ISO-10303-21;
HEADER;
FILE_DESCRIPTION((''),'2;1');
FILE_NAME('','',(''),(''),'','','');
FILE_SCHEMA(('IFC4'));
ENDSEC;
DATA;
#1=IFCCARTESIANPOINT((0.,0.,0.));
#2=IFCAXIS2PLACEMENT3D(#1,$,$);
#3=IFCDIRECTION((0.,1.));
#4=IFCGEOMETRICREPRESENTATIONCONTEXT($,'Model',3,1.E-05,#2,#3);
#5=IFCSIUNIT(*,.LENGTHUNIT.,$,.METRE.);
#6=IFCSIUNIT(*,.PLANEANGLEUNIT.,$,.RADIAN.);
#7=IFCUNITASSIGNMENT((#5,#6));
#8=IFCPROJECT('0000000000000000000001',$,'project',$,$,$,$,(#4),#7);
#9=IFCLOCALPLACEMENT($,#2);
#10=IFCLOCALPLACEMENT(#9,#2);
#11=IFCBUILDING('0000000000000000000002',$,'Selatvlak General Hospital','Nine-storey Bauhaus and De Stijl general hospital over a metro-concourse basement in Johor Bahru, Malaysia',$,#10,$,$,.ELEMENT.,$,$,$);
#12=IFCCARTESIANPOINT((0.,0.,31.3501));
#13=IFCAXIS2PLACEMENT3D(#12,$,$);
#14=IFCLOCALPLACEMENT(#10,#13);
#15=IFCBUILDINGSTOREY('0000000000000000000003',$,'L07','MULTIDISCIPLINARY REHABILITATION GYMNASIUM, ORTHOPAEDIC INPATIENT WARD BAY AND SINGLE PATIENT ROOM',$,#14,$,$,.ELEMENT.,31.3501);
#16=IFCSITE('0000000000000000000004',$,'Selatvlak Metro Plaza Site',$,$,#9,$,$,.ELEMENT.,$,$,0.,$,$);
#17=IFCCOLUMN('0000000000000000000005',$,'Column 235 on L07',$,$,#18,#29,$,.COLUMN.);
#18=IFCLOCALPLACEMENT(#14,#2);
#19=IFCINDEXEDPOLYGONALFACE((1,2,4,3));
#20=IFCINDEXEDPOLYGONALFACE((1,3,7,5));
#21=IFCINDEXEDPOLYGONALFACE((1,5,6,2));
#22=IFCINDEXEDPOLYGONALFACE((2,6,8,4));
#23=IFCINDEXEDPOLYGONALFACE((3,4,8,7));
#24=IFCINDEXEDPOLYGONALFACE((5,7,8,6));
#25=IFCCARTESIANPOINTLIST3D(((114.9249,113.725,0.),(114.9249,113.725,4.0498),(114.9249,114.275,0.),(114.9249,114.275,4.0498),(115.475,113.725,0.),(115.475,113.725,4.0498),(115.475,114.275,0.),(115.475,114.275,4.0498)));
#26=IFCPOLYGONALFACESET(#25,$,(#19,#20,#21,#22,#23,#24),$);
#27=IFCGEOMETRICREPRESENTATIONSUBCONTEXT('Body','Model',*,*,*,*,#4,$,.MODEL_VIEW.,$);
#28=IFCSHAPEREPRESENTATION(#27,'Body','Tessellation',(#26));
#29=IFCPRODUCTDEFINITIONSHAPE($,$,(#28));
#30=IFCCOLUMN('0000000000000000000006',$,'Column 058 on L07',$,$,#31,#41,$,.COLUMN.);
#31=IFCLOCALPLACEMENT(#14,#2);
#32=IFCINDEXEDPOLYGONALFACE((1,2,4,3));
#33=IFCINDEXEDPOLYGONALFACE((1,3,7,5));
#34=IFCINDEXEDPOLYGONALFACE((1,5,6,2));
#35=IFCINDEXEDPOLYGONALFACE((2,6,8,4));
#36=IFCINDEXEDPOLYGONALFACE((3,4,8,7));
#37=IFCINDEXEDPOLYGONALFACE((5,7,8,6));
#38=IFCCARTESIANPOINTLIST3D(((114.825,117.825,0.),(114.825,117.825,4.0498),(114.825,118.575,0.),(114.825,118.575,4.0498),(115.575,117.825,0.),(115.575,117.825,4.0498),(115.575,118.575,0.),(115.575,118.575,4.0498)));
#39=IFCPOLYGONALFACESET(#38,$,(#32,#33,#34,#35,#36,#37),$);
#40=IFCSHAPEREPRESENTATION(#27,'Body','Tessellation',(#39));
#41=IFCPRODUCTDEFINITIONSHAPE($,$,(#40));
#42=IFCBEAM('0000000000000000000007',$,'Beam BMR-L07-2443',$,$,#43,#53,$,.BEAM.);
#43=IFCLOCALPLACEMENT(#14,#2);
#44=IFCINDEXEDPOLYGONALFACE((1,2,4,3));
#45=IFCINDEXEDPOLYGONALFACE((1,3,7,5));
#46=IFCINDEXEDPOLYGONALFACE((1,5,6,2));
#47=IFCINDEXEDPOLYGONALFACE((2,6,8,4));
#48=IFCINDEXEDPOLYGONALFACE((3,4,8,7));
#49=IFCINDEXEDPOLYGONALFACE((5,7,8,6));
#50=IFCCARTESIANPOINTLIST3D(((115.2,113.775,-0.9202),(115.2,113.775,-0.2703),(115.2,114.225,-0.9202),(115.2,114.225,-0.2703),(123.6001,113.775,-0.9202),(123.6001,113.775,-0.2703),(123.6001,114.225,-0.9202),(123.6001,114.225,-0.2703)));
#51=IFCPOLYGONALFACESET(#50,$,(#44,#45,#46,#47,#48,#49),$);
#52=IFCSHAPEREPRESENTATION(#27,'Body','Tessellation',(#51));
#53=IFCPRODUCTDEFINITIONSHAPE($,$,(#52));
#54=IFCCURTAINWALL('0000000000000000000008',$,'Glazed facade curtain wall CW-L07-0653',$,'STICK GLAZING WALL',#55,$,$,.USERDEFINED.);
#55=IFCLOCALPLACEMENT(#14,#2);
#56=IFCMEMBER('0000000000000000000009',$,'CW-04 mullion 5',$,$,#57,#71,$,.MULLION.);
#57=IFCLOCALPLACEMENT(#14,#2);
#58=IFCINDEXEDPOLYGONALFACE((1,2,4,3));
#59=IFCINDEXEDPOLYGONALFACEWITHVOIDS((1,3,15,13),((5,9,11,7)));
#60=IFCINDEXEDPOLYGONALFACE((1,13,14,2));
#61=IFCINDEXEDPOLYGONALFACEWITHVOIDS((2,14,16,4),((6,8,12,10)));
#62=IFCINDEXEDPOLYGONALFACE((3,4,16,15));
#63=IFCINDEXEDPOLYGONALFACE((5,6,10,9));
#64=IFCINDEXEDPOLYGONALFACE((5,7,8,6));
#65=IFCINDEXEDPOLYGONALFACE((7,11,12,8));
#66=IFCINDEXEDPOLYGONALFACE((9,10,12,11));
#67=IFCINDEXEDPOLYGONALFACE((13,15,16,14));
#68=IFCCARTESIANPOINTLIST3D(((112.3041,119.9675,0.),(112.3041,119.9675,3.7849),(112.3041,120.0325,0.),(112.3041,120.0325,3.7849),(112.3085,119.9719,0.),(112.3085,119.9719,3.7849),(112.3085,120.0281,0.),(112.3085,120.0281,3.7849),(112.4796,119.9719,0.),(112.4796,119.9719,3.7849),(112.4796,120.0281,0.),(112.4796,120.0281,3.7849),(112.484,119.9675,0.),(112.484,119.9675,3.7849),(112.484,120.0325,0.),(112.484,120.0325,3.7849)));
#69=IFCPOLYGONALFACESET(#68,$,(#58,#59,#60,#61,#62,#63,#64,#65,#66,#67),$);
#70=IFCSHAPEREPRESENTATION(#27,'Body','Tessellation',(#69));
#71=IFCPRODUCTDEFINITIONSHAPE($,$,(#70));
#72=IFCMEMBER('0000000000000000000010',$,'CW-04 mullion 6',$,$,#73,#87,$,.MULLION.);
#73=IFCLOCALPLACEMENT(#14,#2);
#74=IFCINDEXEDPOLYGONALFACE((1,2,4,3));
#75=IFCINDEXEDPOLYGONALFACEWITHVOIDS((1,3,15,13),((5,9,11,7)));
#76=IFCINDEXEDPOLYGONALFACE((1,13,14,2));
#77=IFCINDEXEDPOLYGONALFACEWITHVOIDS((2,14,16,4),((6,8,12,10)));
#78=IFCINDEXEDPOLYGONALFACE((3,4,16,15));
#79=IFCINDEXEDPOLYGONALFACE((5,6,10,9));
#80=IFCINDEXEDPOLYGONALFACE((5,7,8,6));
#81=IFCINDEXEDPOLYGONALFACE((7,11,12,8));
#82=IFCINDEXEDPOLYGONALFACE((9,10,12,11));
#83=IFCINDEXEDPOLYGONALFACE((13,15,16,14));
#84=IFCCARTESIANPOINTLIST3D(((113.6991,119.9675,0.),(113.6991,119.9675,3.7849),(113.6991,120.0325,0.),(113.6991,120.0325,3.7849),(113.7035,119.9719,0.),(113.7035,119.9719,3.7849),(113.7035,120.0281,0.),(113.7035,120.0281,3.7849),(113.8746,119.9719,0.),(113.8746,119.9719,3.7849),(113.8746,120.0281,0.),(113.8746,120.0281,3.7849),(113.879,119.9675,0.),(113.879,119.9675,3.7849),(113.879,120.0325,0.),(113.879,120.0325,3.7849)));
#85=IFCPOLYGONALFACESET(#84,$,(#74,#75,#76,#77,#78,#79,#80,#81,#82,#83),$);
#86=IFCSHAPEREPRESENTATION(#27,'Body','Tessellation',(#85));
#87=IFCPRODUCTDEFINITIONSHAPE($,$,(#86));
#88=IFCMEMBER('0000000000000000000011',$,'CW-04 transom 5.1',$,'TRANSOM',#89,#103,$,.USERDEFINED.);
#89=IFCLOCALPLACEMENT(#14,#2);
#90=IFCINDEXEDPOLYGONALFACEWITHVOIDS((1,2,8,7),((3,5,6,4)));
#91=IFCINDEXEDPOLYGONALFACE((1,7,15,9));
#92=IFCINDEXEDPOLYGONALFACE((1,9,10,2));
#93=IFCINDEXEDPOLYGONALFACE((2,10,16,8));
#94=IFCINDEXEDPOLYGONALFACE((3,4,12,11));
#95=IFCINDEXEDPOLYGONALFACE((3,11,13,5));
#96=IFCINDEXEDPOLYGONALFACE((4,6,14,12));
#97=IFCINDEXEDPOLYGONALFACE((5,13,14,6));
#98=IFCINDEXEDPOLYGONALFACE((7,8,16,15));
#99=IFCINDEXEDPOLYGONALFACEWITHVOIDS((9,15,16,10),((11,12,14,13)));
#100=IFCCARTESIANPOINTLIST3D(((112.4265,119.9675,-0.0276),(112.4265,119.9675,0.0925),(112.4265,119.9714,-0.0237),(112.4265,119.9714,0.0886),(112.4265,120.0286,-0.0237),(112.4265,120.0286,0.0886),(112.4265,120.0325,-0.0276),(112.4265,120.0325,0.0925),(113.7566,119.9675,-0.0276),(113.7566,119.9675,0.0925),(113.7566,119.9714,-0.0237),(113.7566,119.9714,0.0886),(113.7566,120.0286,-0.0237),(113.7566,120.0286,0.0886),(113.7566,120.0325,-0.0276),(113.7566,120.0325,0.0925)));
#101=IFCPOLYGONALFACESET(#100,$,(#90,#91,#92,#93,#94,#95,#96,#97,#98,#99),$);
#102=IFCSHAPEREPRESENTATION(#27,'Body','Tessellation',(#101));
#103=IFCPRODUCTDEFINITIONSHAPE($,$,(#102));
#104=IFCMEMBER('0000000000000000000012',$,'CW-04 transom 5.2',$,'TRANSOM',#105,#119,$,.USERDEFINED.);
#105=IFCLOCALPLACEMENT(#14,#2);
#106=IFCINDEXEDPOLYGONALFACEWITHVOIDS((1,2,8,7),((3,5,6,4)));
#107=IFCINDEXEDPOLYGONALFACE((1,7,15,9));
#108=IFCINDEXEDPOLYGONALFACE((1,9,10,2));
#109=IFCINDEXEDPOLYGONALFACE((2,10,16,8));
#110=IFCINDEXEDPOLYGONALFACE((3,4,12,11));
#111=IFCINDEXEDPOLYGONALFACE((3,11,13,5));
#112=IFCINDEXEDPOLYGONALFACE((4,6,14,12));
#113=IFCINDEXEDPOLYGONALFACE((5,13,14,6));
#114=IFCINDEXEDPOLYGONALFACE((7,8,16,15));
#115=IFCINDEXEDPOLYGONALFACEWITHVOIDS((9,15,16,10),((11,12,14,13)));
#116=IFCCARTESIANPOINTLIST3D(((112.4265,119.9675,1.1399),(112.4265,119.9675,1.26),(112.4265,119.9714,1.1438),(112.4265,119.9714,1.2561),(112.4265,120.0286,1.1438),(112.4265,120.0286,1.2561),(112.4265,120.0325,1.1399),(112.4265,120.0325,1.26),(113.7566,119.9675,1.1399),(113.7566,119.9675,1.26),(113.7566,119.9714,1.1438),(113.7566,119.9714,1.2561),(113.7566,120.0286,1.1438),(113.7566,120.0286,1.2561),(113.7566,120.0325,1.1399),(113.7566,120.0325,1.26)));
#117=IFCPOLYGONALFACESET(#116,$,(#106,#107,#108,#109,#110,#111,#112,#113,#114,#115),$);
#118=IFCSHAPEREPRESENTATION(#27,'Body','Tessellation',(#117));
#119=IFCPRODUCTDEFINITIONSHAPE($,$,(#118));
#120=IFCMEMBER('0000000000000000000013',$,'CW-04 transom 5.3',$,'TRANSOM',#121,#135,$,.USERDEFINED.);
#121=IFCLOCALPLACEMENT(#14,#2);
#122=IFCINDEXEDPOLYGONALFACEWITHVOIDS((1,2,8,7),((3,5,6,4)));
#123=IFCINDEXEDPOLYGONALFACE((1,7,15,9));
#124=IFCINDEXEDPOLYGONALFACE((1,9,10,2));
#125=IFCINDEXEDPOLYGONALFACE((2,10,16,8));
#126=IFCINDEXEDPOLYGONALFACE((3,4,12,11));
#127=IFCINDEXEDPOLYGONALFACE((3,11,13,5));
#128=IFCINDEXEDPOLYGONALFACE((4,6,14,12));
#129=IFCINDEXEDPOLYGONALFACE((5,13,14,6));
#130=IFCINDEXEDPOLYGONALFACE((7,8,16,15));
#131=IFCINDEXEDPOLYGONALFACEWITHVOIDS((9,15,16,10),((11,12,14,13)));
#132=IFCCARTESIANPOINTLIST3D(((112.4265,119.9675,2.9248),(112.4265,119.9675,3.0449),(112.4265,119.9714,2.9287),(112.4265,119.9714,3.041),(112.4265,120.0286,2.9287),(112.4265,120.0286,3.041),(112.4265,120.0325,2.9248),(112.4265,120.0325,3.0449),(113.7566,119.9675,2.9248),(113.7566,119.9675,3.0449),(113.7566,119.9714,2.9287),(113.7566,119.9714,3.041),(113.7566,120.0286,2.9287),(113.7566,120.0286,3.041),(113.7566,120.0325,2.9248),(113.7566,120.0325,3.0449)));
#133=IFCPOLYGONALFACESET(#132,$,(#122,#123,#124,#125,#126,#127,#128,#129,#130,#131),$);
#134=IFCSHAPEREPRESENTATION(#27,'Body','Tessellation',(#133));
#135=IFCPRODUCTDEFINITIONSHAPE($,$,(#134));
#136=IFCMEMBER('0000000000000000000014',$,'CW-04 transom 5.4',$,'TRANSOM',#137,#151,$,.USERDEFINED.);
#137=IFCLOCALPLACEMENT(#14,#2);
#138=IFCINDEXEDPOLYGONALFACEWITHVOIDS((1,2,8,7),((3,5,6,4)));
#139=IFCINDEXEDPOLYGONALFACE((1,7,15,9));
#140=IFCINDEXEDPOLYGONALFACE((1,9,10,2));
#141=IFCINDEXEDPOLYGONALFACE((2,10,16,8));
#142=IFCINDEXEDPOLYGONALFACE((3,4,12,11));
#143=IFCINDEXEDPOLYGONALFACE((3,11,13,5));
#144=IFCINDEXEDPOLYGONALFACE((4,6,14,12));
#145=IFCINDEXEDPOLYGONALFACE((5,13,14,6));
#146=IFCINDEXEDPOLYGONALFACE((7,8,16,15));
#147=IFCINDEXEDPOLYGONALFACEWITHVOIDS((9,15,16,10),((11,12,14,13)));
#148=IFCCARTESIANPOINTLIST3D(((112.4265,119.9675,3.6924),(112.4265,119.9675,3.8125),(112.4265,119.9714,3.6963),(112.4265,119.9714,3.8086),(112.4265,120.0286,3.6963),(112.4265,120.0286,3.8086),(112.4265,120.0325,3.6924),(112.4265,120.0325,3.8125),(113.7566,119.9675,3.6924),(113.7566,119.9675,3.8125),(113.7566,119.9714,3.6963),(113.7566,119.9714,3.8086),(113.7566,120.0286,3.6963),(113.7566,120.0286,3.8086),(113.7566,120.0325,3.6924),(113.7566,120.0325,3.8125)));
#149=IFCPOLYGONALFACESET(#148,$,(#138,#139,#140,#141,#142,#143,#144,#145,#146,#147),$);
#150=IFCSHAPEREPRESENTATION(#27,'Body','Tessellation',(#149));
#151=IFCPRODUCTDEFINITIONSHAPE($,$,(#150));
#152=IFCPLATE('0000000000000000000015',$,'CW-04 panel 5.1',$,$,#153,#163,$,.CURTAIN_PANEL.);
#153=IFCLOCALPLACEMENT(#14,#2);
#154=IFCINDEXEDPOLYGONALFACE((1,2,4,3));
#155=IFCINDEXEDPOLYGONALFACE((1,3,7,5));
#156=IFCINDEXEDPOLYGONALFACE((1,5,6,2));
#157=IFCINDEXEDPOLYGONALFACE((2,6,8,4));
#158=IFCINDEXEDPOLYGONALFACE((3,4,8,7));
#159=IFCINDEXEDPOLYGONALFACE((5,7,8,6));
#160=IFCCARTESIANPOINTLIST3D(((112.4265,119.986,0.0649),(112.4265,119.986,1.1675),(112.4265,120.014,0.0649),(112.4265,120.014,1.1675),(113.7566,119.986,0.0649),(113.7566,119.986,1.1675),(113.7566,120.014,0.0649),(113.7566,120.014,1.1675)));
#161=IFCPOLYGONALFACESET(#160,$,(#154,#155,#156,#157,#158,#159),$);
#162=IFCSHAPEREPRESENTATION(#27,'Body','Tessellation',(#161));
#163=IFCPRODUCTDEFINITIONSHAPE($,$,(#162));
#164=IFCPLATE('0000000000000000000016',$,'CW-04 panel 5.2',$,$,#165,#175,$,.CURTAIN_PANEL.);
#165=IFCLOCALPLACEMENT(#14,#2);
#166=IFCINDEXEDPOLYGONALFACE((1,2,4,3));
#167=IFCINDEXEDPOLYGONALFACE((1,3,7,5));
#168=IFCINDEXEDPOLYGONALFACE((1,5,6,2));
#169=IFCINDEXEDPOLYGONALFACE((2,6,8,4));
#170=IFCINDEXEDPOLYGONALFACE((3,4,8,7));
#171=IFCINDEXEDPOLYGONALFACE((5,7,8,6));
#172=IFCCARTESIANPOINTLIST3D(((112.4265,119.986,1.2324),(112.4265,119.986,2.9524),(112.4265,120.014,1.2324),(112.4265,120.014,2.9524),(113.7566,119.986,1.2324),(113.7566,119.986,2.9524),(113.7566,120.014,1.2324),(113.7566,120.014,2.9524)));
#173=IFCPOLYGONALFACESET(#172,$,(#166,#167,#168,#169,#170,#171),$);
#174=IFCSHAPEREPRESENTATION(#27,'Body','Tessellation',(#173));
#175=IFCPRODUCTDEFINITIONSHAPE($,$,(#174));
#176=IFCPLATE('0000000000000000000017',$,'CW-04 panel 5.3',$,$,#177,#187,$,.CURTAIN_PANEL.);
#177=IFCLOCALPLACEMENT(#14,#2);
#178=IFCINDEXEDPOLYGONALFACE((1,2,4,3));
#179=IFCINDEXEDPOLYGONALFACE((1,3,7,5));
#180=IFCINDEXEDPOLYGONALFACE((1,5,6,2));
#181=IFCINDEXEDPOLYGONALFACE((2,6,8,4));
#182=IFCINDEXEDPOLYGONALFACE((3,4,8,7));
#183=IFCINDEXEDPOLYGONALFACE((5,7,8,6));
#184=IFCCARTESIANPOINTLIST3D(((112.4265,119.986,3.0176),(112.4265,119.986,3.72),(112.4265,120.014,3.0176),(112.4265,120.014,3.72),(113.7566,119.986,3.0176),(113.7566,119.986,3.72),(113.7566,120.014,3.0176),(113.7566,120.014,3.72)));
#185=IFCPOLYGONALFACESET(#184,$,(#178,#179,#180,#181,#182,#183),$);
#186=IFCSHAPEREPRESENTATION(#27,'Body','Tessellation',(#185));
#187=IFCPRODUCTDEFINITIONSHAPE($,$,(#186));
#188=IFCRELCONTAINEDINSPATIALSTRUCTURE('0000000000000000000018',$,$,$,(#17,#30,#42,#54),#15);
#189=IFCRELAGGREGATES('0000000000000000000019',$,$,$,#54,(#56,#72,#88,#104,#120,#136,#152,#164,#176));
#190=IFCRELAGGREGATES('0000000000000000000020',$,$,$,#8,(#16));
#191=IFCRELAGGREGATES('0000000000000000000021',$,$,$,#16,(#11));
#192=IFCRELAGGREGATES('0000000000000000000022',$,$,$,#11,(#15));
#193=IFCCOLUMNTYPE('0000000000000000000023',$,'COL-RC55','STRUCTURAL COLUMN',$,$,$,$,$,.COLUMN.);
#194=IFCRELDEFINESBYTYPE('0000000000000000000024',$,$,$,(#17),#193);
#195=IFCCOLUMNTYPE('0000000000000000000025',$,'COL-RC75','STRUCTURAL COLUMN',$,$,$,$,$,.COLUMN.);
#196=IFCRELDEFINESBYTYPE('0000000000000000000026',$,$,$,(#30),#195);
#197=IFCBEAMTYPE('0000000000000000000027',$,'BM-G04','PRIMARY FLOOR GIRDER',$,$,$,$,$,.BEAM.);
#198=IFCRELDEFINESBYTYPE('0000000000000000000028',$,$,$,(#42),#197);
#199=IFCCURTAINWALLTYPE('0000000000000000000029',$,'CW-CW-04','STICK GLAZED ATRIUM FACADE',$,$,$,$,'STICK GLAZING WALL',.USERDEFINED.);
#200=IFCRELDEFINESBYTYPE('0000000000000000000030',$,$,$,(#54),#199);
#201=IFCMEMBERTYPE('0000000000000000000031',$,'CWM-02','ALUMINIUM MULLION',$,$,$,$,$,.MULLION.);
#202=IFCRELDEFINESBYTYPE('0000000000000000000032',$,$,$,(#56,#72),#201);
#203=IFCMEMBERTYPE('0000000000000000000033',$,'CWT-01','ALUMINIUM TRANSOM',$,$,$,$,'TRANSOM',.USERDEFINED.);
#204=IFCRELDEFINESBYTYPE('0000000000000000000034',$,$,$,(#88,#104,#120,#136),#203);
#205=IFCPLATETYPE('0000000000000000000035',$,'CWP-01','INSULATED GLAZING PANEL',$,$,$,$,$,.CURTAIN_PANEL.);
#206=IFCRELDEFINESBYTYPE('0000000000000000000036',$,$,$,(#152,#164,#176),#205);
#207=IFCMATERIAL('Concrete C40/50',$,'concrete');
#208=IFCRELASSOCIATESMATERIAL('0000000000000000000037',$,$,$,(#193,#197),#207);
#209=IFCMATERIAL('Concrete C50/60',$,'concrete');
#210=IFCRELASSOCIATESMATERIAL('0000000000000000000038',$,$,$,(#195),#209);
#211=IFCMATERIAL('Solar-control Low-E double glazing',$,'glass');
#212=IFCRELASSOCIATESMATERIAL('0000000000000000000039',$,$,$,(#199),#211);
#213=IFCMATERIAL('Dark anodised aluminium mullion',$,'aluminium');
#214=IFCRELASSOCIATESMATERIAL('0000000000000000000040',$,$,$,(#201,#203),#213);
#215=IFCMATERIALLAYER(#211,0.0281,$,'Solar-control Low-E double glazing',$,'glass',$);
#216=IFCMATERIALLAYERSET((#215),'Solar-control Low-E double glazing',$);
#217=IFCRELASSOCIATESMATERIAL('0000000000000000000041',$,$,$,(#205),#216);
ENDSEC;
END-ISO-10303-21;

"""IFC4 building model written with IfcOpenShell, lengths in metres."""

from ifc_helpers import new_model, si_unit, direction, frame, origin, origin_2d, place, context, subcontext, project, spatial, rectangle, hollow_rectangle, extrude, material, layer, layer_set, material_profile, profile_set, type_object, element, aggregate, save


model = new_model("IFC4")

# Units and contexts
model_context = context("Model", 3, precision=1e-05, world=origin(), true_north=direction((0.0, 1.0)))
body_context = subcontext(model_context, "Body", "Model", "MODEL_VIEW")
ifc_project = project(units=[si_unit("LENGTHUNIT", "METRE"), si_unit("PLANEANGLEUNIT", "RADIAN")], contexts=[model_context])

# Site, building, storey
site_placement = place(None, origin())
site = spatial("IfcSite", under=ifc_project, at=site_placement, Name="Selatvlak Metro Plaza Site", CompositionType="ELEMENT", RefElevation=0.0)
building_placement = place(site_placement, origin())
building = spatial("IfcBuilding", under=site, at=building_placement, Name="Selatvlak General Hospital", Description="Nine-storey Bauhaus and De Stijl general hospital over a metro-concourse basement in Johor Bahru, Malaysia", CompositionType="ELEMENT")
storey_placement = place(building_placement, frame((0.0, 0.0, 31.3501)))
storey = spatial("IfcBuildingStorey", under=building, at=storey_placement, Name="L07", Description="MULTIDISCIPLINARY REHABILITATION GYMNASIUM, ORTHOPAEDIC INPATIENT WARD BAY AND SINGLE PATIENT ROOM", CompositionType="ELEMENT", Elevation=31.3501)

# Columns
ifc_material_1 = material(Name="Concrete C40/50", Category="concrete")
ifc_material_profile_1 = material_profile(ifc_material_1, rectangle(XDim=0.55, YDim=0.55, at=origin_2d()), Name="RC-COL 550x550")
ifc_profile_set_1 = profile_set([ifc_material_profile_1], Name="Concrete C40/50")
column_type_1 = type_object("IfcColumnType", Name="COL-RC55", Description="STRUCTURAL COLUMN", PredefinedType="COLUMN", material=ifc_profile_set_1)
column_1_placement = place(storey_placement, frame((115.2, 114.0, 0.0), z_axis=(0.0, 0.0, 1.0), x_axis=(1.0, 0.0, 0.0)))
element("IfcColumn", 1, at=column_1_placement, inside=storey, type_object=column_type_1, Name="Column 235 on L07", PredefinedType="COLUMN", context=body_context, shape_type="SweptSolid", body=[
    extrude(rectangle(XDim=0.55, YDim=0.55, at=origin_2d()), origin(), (0.0, 0.0, 1.0), 4.0498),
])
ifc_material_2 = material(Name="Concrete C50/60", Category="concrete")
ifc_material_profile_2 = material_profile(ifc_material_2, rectangle(XDim=0.75, YDim=0.75, at=origin_2d()), Name="RC-COL 750x750")
ifc_profile_set_2 = profile_set([ifc_material_profile_2], Name="Concrete C50/60")
column_type_2 = type_object("IfcColumnType", Name="COL-RC75", Description="STRUCTURAL COLUMN", PredefinedType="COLUMN", material=ifc_profile_set_2)
column_2_placement = place(storey_placement, frame((115.2, 118.2, 0.0), z_axis=(0.0, 0.0, 1.0), x_axis=(1.0, 0.0, 0.0)))
element("IfcColumn", 2, at=column_2_placement, inside=storey, type_object=column_type_2, Name="Column 058 on L07", PredefinedType="COLUMN", context=body_context, shape_type="SweptSolid", body=[
    extrude(rectangle(XDim=0.75, YDim=0.75, at=origin_2d()), origin(), (0.0, 0.0, 1.0), 4.0498),
])

# Beam
ifc_material_profile_3 = material_profile(ifc_material_1, rectangle(XDim=0.45, YDim=0.6499, at=origin_2d()), Name="RC-BM 450x650")
ifc_profile_set_3 = profile_set([ifc_material_profile_3], Name="Concrete C40/50")
beam_type = type_object("IfcBeamType", Name="BM-G04", Description="PRIMARY FLOOR GIRDER", PredefinedType="BEAM", material=ifc_profile_set_3)
beam_placement = place(storey_placement, frame((115.2, 114.0, -0.5952), z_axis=(1.0, 0.0, 0.0), x_axis=(0.0, 1.0, 0.0)))
element("IfcBeam", 3, at=beam_placement, inside=storey, type_object=beam_type, Name="Beam BMR-L07-2443", PredefinedType="BEAM", context=body_context, shape_type="SweptSolid", body=[
    extrude(rectangle(XDim=0.45, YDim=0.6499, at=origin_2d()), origin(), (0.0, 0.0, 1.0), 8.4001),
])

# Curtain wall, members, plates
ifc_material_3 = material(Name="Solar-control Low-E double glazing", Category="glass")
curtain_wall_type = type_object("IfcCurtainWallType", Name="CW-CW-04", Description="STICK GLAZED ATRIUM FACADE", ElementType="STICK GLAZING WALL", PredefinedType="USERDEFINED", material=ifc_material_3)
curtain_wall_placement = place(storey_placement, origin())
curtain_wall = element("IfcCurtainWall", 4, at=curtain_wall_placement, inside=storey, type_object=curtain_wall_type, Name="Glazed facade curtain wall CW-L07-0653", ObjectType="STICK GLAZING WALL", PredefinedType="USERDEFINED")
ifc_material_4 = material(Name="Dark anodised aluminium mullion", Category="aluminium")
ifc_material_profile_4 = material_profile(ifc_material_4, hollow_rectangle(XDim=0.0649, YDim=0.1799, WallThickness=0.0044, at=origin_2d()), Name="AL-MUL 65x180x4.5")
ifc_profile_set_4 = profile_set([ifc_material_profile_4], Name="Dark anodised aluminium mullion")
member_type_1 = type_object("IfcMemberType", Name="CWM-02", Description="ALUMINIUM MULLION", PredefinedType="MULLION", material=ifc_profile_set_4)
member_1_placement = place(storey_placement, frame((112.394, 120.0, 0.0), z_axis=(0.0, 0.0, 1.0), x_axis=(0.0, 1.0, 0.0)))
member_1 = element("IfcMember", 5, at=member_1_placement, type_object=member_type_1, Name="CW-04 mullion 5", PredefinedType="MULLION", context=body_context, shape_type="SweptSolid", body=[
    extrude(hollow_rectangle(XDim=0.0649, YDim=0.1799, WallThickness=0.0044, at=origin_2d()), origin(), (0.0, 0.0, 1.0), 3.7849),
])
member_2_placement = place(storey_placement, frame((113.7891, 120.0, 0.0), z_axis=(0.0, 0.0, 1.0), x_axis=(0.0, 1.0, 0.0)))
member_2 = element("IfcMember", 6, at=member_2_placement, type_object=member_type_1, Name="CW-04 mullion 6", PredefinedType="MULLION", context=body_context, shape_type="SweptSolid", body=[
    extrude(hollow_rectangle(XDim=0.0649, YDim=0.1799, WallThickness=0.0044, at=origin_2d()), origin(), (0.0, 0.0, 1.0), 3.7849),
])
ifc_material_profile_5 = material_profile(ifc_material_4, hollow_rectangle(XDim=0.0649, YDim=0.1201, WallThickness=0.0039, at=origin_2d()), Name="AL-TRN 65x120x4")
ifc_profile_set_5 = profile_set([ifc_material_profile_5], Name="Dark anodised aluminium mullion")
member_type_2 = type_object("IfcMemberType", Name="CWT-01", Description="ALUMINIUM TRANSOM", ElementType="TRANSOM", PredefinedType="USERDEFINED", material=ifc_profile_set_5)
member_3_placement = place(storey_placement, frame((112.4265, 120.0, 0.0325), z_axis=(1.0, 0.0, 0.0), x_axis=(0.0, 1.0, 0.0)))
member_3 = element("IfcMember", 7, at=member_3_placement, type_object=member_type_2, Name="CW-04 transom 5.1", ObjectType="TRANSOM", PredefinedType="USERDEFINED", context=body_context, shape_type="SweptSolid", body=[
    extrude(hollow_rectangle(XDim=0.0649, YDim=0.1201, WallThickness=0.0039, at=origin_2d()), origin(), (0.0, 0.0, 1.0), 1.3301),
])
member_4_placement = place(storey_placement, frame((112.4265, 120.0, 1.2), z_axis=(1.0, 0.0, 0.0), x_axis=(0.0, 1.0, 0.0)))
member_4 = element("IfcMember", 8, at=member_4_placement, type_object=member_type_2, Name="CW-04 transom 5.2", ObjectType="TRANSOM", PredefinedType="USERDEFINED", context=body_context, shape_type="SweptSolid", body=[
    extrude(hollow_rectangle(XDim=0.0649, YDim=0.1201, WallThickness=0.0039, at=origin_2d()), origin(), (0.0, 0.0, 1.0), 1.3301),
])
member_5_placement = place(storey_placement, frame((112.4265, 120.0, 2.9849), z_axis=(1.0, 0.0, 0.0), x_axis=(0.0, 1.0, 0.0)))
member_5 = element("IfcMember", 9, at=member_5_placement, type_object=member_type_2, Name="CW-04 transom 5.3", ObjectType="TRANSOM", PredefinedType="USERDEFINED", context=body_context, shape_type="SweptSolid", body=[
    extrude(hollow_rectangle(XDim=0.0649, YDim=0.1201, WallThickness=0.0039, at=origin_2d()), origin(), (0.0, 0.0, 1.0), 1.3301),
])
member_6_placement = place(storey_placement, frame((112.4265, 120.0, 3.7524), z_axis=(1.0, 0.0, 0.0), x_axis=(0.0, 1.0, 0.0)))
member_6 = element("IfcMember", 10, at=member_6_placement, type_object=member_type_2, Name="CW-04 transom 5.4", ObjectType="TRANSOM", PredefinedType="USERDEFINED", context=body_context, shape_type="SweptSolid", body=[
    extrude(hollow_rectangle(XDim=0.0649, YDim=0.1201, WallThickness=0.0039, at=origin_2d()), origin(), (0.0, 0.0, 1.0), 1.3301),
])
ifc_layer_1 = layer(ifc_material_3, 0.0281, Name="Solar-control Low-E double glazing", Category="glass")
ifc_layer_set_1 = layer_set([ifc_layer_1], Name="Solar-control Low-E double glazing")
plate_type = type_object("IfcPlateType", Name="CWP-01", Description="INSULATED GLAZING PANEL", PredefinedType="CURTAIN_PANEL", material=ifc_layer_set_1)
plate_1_placement = place(storey_placement, frame((113.0916, 120.0, 0.0649), z_axis=(0.0, 0.0, 1.0), x_axis=(1.0, 0.0, 0.0)))
plate_1 = element("IfcPlate", 11, at=plate_1_placement, type_object=plate_type, Name="CW-04 panel 5.1", PredefinedType="CURTAIN_PANEL", context=body_context, shape_type="SweptSolid", body=[
    extrude(rectangle(XDim=1.3301, YDim=0.0281, at=origin_2d()), origin(), (0.0, 0.0, 1.0), 1.1025),
])
plate_2_placement = place(storey_placement, frame((113.0916, 120.0, 1.2324), z_axis=(0.0, 0.0, 1.0), x_axis=(1.0, 0.0, 0.0)))
plate_2 = element("IfcPlate", 12, at=plate_2_placement, type_object=plate_type, Name="CW-04 panel 5.2", PredefinedType="CURTAIN_PANEL", context=body_context, shape_type="SweptSolid", body=[
    extrude(rectangle(XDim=1.3301, YDim=0.0281, at=origin_2d()), origin(), (0.0, 0.0, 1.0), 1.72),
])
plate_3_placement = place(storey_placement, frame((113.0916, 120.0, 3.0176), z_axis=(0.0, 0.0, 1.0), x_axis=(1.0, 0.0, 0.0)))
plate_3 = element("IfcPlate", 13, at=plate_3_placement, type_object=plate_type, Name="CW-04 panel 5.3", PredefinedType="CURTAIN_PANEL", context=body_context, shape_type="SweptSolid", body=[
    extrude(rectangle(XDim=1.3301, YDim=0.0281, at=origin_2d()), origin(), (0.0, 0.0, 1.0), 0.7024),
])
aggregate(curtain_wall, [member_1, member_2, member_3, member_4, member_5, member_6, plate_1, plate_2, plate_3])

save(model, "model.ifc")
